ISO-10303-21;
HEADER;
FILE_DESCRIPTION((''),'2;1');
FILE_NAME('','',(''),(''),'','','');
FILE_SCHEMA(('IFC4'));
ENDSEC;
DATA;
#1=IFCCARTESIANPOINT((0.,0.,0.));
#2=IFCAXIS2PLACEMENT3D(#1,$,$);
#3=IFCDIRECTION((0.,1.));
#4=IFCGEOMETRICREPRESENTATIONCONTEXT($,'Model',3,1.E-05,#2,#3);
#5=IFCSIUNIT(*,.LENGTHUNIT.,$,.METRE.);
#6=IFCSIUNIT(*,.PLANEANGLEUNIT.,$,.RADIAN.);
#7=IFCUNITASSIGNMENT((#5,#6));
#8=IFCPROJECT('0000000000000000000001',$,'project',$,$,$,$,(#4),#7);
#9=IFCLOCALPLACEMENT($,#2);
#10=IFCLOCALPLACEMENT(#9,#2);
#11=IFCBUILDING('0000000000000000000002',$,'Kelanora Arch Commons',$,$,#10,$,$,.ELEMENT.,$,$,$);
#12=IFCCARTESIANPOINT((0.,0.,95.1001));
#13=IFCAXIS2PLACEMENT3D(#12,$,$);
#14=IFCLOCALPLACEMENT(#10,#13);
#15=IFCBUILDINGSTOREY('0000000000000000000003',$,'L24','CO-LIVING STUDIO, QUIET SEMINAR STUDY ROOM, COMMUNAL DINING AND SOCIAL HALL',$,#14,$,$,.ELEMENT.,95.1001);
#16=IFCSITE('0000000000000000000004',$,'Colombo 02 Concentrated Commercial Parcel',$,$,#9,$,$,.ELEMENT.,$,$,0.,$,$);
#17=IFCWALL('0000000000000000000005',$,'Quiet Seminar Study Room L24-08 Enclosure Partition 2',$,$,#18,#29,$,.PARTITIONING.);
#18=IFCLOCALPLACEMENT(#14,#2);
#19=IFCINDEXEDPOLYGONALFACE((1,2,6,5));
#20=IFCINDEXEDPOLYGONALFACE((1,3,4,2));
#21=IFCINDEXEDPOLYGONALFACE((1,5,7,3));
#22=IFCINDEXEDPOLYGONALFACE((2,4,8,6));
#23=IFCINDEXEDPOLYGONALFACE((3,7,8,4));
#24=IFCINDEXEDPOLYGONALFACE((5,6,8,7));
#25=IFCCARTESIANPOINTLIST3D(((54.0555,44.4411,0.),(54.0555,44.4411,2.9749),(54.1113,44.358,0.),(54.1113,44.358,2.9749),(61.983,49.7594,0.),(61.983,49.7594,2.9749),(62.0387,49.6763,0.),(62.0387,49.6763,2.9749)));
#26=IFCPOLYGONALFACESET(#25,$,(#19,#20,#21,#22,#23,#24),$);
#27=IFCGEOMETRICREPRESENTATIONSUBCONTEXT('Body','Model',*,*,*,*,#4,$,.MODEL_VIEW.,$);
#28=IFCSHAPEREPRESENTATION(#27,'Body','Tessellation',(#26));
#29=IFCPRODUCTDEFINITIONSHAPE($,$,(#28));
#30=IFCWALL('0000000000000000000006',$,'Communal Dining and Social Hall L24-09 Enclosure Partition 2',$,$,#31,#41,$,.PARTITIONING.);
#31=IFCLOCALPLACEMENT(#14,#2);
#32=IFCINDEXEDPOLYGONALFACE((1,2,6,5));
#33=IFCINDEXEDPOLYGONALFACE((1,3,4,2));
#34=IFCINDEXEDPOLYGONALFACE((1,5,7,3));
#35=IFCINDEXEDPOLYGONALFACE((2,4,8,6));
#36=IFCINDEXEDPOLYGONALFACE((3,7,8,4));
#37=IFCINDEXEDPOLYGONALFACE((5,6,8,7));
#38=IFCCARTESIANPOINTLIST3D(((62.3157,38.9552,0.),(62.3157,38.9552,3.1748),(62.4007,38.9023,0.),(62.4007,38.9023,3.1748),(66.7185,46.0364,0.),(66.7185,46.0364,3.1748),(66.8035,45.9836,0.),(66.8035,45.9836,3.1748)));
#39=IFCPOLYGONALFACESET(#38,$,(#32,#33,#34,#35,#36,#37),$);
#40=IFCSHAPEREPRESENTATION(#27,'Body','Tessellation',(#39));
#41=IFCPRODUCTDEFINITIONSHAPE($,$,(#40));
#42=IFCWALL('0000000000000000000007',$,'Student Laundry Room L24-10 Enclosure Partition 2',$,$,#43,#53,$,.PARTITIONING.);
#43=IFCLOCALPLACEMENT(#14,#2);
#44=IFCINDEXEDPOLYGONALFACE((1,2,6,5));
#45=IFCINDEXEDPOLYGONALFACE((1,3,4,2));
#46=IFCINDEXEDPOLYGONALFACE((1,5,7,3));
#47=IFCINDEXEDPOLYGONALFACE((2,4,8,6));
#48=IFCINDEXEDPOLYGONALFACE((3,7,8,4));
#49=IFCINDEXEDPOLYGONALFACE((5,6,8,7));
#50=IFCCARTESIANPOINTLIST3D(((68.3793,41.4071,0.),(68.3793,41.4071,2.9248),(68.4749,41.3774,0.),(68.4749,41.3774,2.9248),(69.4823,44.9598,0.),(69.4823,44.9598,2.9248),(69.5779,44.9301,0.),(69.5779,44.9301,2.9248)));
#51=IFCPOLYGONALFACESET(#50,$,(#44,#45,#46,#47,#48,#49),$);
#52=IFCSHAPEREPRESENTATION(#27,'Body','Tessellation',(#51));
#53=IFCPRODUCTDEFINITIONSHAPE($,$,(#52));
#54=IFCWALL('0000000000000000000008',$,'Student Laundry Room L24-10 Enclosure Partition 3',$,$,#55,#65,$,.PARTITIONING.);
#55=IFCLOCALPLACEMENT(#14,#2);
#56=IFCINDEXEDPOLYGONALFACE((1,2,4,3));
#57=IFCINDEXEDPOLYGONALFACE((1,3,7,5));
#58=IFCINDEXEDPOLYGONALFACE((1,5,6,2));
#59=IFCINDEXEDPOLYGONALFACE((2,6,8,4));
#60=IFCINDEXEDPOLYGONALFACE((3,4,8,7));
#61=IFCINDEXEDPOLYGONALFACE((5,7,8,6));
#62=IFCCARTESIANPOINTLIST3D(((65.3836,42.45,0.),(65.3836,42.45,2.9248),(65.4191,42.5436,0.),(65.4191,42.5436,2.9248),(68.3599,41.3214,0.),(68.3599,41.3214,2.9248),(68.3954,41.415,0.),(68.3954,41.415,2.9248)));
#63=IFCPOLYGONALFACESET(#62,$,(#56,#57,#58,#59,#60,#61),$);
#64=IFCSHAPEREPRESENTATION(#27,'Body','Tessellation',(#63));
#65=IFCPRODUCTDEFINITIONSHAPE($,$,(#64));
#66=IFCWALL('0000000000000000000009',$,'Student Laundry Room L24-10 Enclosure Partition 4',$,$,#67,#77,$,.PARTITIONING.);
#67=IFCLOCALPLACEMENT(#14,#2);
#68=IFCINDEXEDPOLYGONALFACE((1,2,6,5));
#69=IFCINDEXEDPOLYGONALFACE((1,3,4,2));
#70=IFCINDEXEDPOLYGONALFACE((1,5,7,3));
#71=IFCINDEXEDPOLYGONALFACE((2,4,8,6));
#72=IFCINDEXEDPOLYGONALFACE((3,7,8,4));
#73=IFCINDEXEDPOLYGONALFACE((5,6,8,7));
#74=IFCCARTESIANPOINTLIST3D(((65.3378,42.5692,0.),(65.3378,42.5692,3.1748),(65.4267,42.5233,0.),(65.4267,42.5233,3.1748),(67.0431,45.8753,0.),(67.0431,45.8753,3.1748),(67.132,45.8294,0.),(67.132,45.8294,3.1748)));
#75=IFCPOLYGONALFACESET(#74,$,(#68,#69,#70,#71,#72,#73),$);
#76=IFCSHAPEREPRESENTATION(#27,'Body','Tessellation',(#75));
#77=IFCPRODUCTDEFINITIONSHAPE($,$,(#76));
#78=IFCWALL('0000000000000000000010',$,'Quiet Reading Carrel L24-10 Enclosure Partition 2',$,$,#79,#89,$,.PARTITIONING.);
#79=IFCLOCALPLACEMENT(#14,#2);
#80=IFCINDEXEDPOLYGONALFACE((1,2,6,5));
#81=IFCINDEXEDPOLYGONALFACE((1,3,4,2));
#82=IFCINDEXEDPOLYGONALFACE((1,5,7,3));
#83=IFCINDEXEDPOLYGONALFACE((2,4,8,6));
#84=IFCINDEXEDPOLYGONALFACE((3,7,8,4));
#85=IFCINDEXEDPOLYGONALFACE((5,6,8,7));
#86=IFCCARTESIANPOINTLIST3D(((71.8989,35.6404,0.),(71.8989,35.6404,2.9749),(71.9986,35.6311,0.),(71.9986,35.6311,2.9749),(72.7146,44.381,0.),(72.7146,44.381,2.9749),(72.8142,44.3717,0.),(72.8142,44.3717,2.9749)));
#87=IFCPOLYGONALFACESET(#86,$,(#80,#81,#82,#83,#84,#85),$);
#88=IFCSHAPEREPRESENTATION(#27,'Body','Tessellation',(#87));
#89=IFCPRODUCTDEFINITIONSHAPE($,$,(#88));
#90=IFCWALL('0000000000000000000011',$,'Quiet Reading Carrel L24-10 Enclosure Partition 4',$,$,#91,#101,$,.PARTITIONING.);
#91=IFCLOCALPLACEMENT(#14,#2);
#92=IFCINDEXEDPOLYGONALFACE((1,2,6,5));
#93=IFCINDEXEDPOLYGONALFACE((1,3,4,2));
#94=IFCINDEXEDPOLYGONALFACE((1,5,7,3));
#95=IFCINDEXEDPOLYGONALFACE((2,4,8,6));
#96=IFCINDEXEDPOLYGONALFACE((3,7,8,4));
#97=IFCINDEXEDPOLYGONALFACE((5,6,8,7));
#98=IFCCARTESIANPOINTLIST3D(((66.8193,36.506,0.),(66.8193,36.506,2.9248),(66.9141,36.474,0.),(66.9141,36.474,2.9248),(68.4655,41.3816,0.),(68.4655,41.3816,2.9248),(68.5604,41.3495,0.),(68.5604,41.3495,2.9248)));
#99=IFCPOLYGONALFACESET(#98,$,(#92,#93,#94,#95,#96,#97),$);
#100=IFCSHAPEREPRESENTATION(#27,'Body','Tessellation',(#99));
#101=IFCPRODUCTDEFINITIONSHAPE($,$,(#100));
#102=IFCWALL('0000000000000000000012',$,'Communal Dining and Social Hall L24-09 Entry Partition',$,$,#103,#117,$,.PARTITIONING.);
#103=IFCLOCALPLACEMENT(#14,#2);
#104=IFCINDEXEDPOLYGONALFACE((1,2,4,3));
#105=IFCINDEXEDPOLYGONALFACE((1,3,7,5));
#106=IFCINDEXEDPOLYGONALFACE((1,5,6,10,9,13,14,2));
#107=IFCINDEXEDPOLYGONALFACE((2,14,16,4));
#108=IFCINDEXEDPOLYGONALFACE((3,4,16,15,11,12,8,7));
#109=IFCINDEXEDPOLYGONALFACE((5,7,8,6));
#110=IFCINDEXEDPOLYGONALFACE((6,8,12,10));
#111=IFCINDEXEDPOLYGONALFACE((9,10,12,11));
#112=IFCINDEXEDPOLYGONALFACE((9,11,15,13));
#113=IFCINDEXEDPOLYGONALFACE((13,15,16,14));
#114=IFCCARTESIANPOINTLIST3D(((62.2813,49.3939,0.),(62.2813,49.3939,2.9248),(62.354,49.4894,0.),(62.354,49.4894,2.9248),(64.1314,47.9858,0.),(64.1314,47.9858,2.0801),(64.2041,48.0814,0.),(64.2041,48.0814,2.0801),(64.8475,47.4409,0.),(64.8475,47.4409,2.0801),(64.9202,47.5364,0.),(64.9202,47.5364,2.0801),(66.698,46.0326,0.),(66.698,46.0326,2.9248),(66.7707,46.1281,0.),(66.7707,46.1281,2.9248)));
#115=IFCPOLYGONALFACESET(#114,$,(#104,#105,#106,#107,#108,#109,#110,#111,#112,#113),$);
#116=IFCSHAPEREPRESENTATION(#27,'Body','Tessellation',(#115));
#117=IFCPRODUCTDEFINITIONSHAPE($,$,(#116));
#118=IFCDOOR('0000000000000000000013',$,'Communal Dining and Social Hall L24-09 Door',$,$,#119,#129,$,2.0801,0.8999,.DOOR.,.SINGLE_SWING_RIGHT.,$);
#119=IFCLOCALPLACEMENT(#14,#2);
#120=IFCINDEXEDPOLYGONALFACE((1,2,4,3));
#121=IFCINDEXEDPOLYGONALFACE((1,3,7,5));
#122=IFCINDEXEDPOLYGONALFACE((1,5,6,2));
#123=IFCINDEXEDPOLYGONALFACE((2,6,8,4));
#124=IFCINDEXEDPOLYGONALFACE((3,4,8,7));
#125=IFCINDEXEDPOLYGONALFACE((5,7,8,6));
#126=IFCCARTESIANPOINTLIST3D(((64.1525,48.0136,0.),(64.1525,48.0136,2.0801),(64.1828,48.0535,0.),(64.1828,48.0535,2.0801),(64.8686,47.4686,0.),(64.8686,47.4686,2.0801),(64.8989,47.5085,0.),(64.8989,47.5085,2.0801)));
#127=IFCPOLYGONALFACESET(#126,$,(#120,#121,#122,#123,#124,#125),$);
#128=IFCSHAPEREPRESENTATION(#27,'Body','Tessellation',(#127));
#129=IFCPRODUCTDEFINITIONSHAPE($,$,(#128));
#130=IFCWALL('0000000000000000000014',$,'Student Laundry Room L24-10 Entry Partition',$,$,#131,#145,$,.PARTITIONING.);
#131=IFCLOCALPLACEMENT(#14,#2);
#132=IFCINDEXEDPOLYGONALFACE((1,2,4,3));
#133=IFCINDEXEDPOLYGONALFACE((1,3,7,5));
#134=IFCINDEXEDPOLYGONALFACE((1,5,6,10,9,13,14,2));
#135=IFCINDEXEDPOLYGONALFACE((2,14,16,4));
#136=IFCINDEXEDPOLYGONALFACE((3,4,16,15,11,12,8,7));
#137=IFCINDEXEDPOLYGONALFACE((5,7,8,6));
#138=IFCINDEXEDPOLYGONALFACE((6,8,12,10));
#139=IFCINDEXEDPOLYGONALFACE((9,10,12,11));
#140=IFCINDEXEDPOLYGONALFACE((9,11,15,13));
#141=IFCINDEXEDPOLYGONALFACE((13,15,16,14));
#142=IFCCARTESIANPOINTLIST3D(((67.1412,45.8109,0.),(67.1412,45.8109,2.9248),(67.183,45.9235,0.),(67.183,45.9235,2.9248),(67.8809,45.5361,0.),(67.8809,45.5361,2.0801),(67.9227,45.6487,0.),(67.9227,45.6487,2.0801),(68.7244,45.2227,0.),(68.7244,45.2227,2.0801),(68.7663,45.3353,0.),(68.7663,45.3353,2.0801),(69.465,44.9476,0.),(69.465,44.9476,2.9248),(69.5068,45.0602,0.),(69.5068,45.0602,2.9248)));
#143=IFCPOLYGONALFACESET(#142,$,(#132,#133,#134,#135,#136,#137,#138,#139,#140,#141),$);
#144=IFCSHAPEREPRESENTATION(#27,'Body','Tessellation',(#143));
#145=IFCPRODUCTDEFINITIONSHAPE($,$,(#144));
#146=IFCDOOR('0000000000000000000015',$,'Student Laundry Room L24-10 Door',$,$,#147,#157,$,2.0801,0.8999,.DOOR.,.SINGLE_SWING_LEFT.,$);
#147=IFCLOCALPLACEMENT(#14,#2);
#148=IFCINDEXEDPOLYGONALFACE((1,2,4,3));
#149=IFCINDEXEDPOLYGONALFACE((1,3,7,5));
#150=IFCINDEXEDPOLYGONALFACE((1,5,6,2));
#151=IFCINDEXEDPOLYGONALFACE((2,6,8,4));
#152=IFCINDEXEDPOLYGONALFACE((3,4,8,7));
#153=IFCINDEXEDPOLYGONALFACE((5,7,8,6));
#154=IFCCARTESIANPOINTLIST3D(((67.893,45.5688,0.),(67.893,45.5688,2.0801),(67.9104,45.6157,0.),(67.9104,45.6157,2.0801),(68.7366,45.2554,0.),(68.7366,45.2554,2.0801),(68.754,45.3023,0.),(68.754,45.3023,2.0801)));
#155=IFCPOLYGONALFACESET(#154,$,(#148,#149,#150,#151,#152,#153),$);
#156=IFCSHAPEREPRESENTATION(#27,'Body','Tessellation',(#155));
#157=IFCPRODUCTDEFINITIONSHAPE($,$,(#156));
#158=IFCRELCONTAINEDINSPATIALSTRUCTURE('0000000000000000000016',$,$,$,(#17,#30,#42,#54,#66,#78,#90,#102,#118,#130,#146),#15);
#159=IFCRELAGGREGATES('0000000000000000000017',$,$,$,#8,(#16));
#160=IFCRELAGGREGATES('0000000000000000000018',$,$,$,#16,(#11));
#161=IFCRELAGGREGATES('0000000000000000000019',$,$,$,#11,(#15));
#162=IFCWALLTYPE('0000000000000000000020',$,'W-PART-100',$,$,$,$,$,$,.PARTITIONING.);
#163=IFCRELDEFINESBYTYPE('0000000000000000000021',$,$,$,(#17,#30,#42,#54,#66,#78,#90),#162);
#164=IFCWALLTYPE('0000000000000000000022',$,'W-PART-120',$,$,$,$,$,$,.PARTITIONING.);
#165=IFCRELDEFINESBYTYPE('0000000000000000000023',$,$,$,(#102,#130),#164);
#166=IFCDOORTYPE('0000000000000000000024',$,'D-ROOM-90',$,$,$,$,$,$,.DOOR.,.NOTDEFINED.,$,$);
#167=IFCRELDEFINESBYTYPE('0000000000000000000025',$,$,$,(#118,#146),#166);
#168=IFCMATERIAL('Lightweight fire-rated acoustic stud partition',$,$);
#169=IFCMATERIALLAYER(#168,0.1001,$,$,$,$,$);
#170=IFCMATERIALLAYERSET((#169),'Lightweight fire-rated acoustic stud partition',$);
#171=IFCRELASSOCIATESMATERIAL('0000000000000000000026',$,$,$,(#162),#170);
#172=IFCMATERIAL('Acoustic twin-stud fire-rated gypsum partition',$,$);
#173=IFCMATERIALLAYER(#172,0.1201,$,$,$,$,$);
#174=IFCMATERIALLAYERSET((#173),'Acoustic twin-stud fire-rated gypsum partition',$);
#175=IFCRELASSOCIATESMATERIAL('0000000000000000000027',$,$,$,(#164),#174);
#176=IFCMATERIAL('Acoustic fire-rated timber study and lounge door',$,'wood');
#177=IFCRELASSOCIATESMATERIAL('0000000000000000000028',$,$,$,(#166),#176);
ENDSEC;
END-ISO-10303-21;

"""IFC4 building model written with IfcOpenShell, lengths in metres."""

from ifc_helpers import new_model, si_unit, direction, frame, frame_2d, origin, place, context, subcontext, project, spatial, rectangle, extrude, material, layer, layer_set, type_object, element, fill, save


model = new_model("IFC4")

# Units and contexts
model_context = context("Model", 3, precision=1e-05, world=origin(), true_north=direction((0.0, 1.0)))
body_context = subcontext(model_context, "Body", "Model", "MODEL_VIEW")
ifc_project = project(units=[si_unit("LENGTHUNIT", "METRE"), si_unit("PLANEANGLEUNIT", "RADIAN")], contexts=[model_context])

# Site, building, storey
site_placement = place(None, origin())
site = spatial("IfcSite", under=ifc_project, at=site_placement, Name="Colombo 02 Concentrated Commercial Parcel", CompositionType="ELEMENT", RefElevation=0.0)
building_placement = place(site_placement, origin())
building = spatial("IfcBuilding", under=site, at=building_placement, Name="Kelanora Arch Commons", CompositionType="ELEMENT")
storey_placement = place(building_placement, frame((0.0, 0.0, 95.1001)))
storey = spatial("IfcBuildingStorey", under=building, at=storey_placement, Name="L24", Description="CO-LIVING STUDIO, QUIET SEMINAR STUDY ROOM, COMMUNAL DINING AND SOCIAL HALL", CompositionType="ELEMENT", Elevation=95.1001)

# Walls
ifc_material_1 = material(Name="Lightweight fire-rated acoustic stud partition")
ifc_layer_1 = layer(ifc_material_1, 0.1001)
ifc_layer_set_1 = layer_set([ifc_layer_1], Name="Lightweight fire-rated acoustic stud partition")
wall_type_1 = type_object("IfcWallType", Name="W-PART-100", PredefinedType="PARTITIONING", material=ifc_layer_set_1)
wall_1_placement = place(storey_placement, frame((62.0107, 49.7178, 0.0), z_axis=(0.0, 0.0, 1.0), x_axis=(-0.830434, -0.557118, 0.0)))
element("IfcWall", 1, at=wall_1_placement, inside=storey, type_object=wall_type_1, Name="Quiet Seminar Study Room L24-08 Enclosure Partition 2", PredefinedType="PARTITIONING", context=body_context, shape_type="SweptSolid", body=[
    extrude(rectangle(XDim=9.5461, YDim=0.1001, at=frame_2d((4.7729, 0.0))), origin(), (0.0, 0.0, 1.0), 2.9749),
])
wall_2_placement = place(storey_placement, frame((66.761, 46.01, 0.0), z_axis=(0.0, 0.0, 1.0), x_axis=(-0.528016, -0.849235, 0.0)))
element("IfcWall", 2, at=wall_2_placement, inside=storey, type_object=wall_type_1, Name="Communal Dining and Social Hall L24-09 Enclosure Partition 2", PredefinedType="PARTITIONING", context=body_context, shape_type="SweptSolid", body=[
    extrude(rectangle(XDim=8.3384, YDim=0.1001, at=frame_2d((4.1692, 0.0))), origin(), (0.0, 0.0, 1.0), 3.1748),
])
wall_3_placement = place(storey_placement, frame((69.53, 44.9448, 0.0), z_axis=(0.0, 0.0, 1.0), x_axis=(-0.296511, -0.95503, 0.0)))
element("IfcWall", 3, at=wall_3_placement, inside=storey, type_object=wall_type_1, Name="Student Laundry Room L24-10 Enclosure Partition 2", PredefinedType="PARTITIONING", context=body_context, shape_type="SweptSolid", body=[
    extrude(rectangle(XDim=3.72, YDim=0.1001, at=frame_2d((1.8599, 0.0))), origin(), (0.0, 0.0, 1.0), 2.9248),
])
wall_4_placement = place(storey_placement, frame((68.3777, 41.3682, 0.0), z_axis=(0.0, 0.0, 1.0), x_axis=(-0.935027, 0.354576, 0.0)))
element("IfcWall", 4, at=wall_4_placement, inside=storey, type_object=wall_type_1, Name="Student Laundry Room L24-10 Enclosure Partition 3", PredefinedType="PARTITIONING", context=body_context, shape_type="SweptSolid", body=[
    extrude(rectangle(XDim=3.1831, YDim=0.1001, at=frame_2d((1.5916, 0.0))), origin(), (0.0, 0.0, 1.0), 2.9248),
])
wall_5_placement = place(storey_placement, frame((65.3823, 42.5464, 0.0), z_axis=(0.0, 0.0, 1.0), x_axis=(0.458414, 0.888739, 0.0)))
element("IfcWall", 5, at=wall_5_placement, inside=storey, type_object=wall_type_1, Name="Student Laundry Room L24-10 Enclosure Partition 4", PredefinedType="PARTITIONING", context=body_context, shape_type="SweptSolid", body=[
    extrude(rectangle(XDim=3.72, YDim=0.1001, at=frame_2d((1.8599, 0.0))), origin(), (0.0, 0.0, 1.0), 3.1748),
])
wall_6_placement = place(storey_placement, frame((72.7644, 44.3762, 0.0), z_axis=(0.0, 0.0, 1.0), x_axis=(-0.092918, -0.995674, 0.0)))
element("IfcWall", 6, at=wall_6_placement, inside=storey, type_object=wall_type_1, Name="Quiet Reading Carrel L24-10 Enclosure Partition 2", PredefinedType="PARTITIONING", context=body_context, shape_type="SweptSolid", body=[
    extrude(rectangle(XDim=8.7786, YDim=0.1001, at=frame_2d((4.3892, 0.0))), origin(), (0.0, 0.0, 1.0), 2.9749),
])
wall_7_placement = place(storey_placement, frame((66.8667, 36.49, 0.0), z_axis=(0.0, 0.0, 1.0), x_axis=(0.319912, 0.947447, 0.0)))
element("IfcWall", 7, at=wall_7_placement, inside=storey, type_object=wall_type_1, Name="Quiet Reading Carrel L24-10 Enclosure Partition 4", PredefinedType="PARTITIONING", context=body_context, shape_type="SweptSolid", body=[
    extrude(rectangle(XDim=5.146, YDim=0.1001, at=frame_2d((2.573, 0.0))), origin(), (0.0, 0.0, 1.0), 2.9248),
])

# Walls, openings, doors
ifc_material_2 = material(Name="Acoustic twin-stud fire-rated gypsum partition")
ifc_layer_2 = layer(ifc_material_2, 0.1201)
ifc_layer_set_2 = layer_set([ifc_layer_2], Name="Acoustic twin-stud fire-rated gypsum partition")
wall_type_2 = type_object("IfcWallType", Name="W-PART-120", PredefinedType="PARTITIONING", material=ifc_layer_set_2)
wall_8_placement = place(storey_placement, frame((62.3176, 49.4417, 0.0), z_axis=(0.0, 0.0, 1.0), x_axis=(0.795763, -0.605608, 0.0)))
wall_8 = element("IfcWall", 8, at=wall_8_placement, inside=storey, type_object=wall_type_2, Name="Communal Dining and Social Hall L24-09 Entry Partition", PredefinedType="PARTITIONING", context=body_context, shape_type="SweptSolid", body=[
    extrude(rectangle(XDim=5.5503, YDim=0.1201, at=frame_2d((2.7751, 0.0))), origin(), (0.0, 0.0, 1.0), 2.9248),
])
opening_1_placement = place(wall_8_placement, frame((2.325, 0.0, 0.0)))
opening_1 = element("IfcOpeningElement", 9, at=opening_1_placement, cuts=wall_8, PredefinedType="OPENING", context=body_context, shape_type="SweptSolid", body=[
    extrude(rectangle(XDim=0.8999, YDim=2.0801, at=frame_2d((0.45, 1.04))), frame((0.0, 0.0701, 0.0), z_axis=(0.0, -1.0, 0.0), x_axis=(1.0, 0.0, 0.0)), (0.0, 0.0, 1.0), 0.1401),
])
ifc_material_3 = material(Name="Acoustic fire-rated timber study and lounge door", Category="wood")
door_type_1 = type_object("IfcDoorType", Name="D-ROOM-90", OperationType="NOTDEFINED", PredefinedType="DOOR", material=ifc_material_3)
door_1_placement = place(opening_1_placement, origin())
door_1 = element("IfcDoor", 10, at=door_1_placement, inside=storey, type_object=door_type_1, Name="Communal Dining and Social Hall L24-09 Door", OperationType="SINGLE_SWING_RIGHT", OverallHeight=2.0801, OverallWidth=0.8999, PredefinedType="DOOR", context=body_context, shape_type="SweptSolid", body=[
    extrude(rectangle(XDim=0.8999, YDim=2.0801, at=frame_2d((0.45, 1.04))), frame((0.0, 0.0249, 0.0), z_axis=(0.0, -1.0, 0.0), x_axis=(1.0, 0.0, 0.0)), (0.0, 0.0, 1.0), 0.05),
])
fill(opening_1, door_1)
wall_9_placement = place(storey_placement, frame((67.1621, 45.8672, 0.0), z_axis=(0.0, 0.0, 1.0), x_axis=(0.937401, -0.348251, 0.0)))
wall_9 = element("IfcWall", 11, at=wall_9_placement, inside=storey, type_object=wall_type_2, Name="Student Laundry Room L24-10 Entry Partition", PredefinedType="PARTITIONING", context=body_context, shape_type="SweptSolid", body=[
    extrude(rectangle(XDim=2.479, YDim=0.1201, at=frame_2d((1.2395, 0.0))), origin(), (0.0, 0.0, 1.0), 2.9248),
])
opening_2_placement = place(wall_9_placement, frame((0.7891, 0.0, 0.0)))
opening_2 = element("IfcOpeningElement", 12, at=opening_2_placement, cuts=wall_9, PredefinedType="OPENING", context=body_context, shape_type="SweptSolid", body=[
    extrude(rectangle(XDim=0.8999, YDim=2.0801, at=frame_2d((0.45, 1.04))), frame((0.0, 0.0701, 0.0), z_axis=(0.0, -1.0, 0.0), x_axis=(1.0, 0.0, 0.0)), (0.0, 0.0, 1.0), 0.1401),
])
door_2_placement = place(opening_2_placement, origin())
door_2 = element("IfcDoor", 13, at=door_2_placement, inside=storey, type_object=door_type_1, Name="Student Laundry Room L24-10 Door", OperationType="SINGLE_SWING_LEFT", OverallHeight=2.0801, OverallWidth=0.8999, PredefinedType="DOOR", context=body_context, shape_type="SweptSolid", body=[
    extrude(rectangle(XDim=0.8999, YDim=2.0801, at=frame_2d((0.45, 1.04))), frame((0.0, 0.0249, 0.0), z_axis=(0.0, -1.0, 0.0), x_axis=(1.0, 0.0, 0.0)), (0.0, 0.0, 1.0), 0.05),
])
fill(opening_2, door_2)

save(model, "model.ifc")
